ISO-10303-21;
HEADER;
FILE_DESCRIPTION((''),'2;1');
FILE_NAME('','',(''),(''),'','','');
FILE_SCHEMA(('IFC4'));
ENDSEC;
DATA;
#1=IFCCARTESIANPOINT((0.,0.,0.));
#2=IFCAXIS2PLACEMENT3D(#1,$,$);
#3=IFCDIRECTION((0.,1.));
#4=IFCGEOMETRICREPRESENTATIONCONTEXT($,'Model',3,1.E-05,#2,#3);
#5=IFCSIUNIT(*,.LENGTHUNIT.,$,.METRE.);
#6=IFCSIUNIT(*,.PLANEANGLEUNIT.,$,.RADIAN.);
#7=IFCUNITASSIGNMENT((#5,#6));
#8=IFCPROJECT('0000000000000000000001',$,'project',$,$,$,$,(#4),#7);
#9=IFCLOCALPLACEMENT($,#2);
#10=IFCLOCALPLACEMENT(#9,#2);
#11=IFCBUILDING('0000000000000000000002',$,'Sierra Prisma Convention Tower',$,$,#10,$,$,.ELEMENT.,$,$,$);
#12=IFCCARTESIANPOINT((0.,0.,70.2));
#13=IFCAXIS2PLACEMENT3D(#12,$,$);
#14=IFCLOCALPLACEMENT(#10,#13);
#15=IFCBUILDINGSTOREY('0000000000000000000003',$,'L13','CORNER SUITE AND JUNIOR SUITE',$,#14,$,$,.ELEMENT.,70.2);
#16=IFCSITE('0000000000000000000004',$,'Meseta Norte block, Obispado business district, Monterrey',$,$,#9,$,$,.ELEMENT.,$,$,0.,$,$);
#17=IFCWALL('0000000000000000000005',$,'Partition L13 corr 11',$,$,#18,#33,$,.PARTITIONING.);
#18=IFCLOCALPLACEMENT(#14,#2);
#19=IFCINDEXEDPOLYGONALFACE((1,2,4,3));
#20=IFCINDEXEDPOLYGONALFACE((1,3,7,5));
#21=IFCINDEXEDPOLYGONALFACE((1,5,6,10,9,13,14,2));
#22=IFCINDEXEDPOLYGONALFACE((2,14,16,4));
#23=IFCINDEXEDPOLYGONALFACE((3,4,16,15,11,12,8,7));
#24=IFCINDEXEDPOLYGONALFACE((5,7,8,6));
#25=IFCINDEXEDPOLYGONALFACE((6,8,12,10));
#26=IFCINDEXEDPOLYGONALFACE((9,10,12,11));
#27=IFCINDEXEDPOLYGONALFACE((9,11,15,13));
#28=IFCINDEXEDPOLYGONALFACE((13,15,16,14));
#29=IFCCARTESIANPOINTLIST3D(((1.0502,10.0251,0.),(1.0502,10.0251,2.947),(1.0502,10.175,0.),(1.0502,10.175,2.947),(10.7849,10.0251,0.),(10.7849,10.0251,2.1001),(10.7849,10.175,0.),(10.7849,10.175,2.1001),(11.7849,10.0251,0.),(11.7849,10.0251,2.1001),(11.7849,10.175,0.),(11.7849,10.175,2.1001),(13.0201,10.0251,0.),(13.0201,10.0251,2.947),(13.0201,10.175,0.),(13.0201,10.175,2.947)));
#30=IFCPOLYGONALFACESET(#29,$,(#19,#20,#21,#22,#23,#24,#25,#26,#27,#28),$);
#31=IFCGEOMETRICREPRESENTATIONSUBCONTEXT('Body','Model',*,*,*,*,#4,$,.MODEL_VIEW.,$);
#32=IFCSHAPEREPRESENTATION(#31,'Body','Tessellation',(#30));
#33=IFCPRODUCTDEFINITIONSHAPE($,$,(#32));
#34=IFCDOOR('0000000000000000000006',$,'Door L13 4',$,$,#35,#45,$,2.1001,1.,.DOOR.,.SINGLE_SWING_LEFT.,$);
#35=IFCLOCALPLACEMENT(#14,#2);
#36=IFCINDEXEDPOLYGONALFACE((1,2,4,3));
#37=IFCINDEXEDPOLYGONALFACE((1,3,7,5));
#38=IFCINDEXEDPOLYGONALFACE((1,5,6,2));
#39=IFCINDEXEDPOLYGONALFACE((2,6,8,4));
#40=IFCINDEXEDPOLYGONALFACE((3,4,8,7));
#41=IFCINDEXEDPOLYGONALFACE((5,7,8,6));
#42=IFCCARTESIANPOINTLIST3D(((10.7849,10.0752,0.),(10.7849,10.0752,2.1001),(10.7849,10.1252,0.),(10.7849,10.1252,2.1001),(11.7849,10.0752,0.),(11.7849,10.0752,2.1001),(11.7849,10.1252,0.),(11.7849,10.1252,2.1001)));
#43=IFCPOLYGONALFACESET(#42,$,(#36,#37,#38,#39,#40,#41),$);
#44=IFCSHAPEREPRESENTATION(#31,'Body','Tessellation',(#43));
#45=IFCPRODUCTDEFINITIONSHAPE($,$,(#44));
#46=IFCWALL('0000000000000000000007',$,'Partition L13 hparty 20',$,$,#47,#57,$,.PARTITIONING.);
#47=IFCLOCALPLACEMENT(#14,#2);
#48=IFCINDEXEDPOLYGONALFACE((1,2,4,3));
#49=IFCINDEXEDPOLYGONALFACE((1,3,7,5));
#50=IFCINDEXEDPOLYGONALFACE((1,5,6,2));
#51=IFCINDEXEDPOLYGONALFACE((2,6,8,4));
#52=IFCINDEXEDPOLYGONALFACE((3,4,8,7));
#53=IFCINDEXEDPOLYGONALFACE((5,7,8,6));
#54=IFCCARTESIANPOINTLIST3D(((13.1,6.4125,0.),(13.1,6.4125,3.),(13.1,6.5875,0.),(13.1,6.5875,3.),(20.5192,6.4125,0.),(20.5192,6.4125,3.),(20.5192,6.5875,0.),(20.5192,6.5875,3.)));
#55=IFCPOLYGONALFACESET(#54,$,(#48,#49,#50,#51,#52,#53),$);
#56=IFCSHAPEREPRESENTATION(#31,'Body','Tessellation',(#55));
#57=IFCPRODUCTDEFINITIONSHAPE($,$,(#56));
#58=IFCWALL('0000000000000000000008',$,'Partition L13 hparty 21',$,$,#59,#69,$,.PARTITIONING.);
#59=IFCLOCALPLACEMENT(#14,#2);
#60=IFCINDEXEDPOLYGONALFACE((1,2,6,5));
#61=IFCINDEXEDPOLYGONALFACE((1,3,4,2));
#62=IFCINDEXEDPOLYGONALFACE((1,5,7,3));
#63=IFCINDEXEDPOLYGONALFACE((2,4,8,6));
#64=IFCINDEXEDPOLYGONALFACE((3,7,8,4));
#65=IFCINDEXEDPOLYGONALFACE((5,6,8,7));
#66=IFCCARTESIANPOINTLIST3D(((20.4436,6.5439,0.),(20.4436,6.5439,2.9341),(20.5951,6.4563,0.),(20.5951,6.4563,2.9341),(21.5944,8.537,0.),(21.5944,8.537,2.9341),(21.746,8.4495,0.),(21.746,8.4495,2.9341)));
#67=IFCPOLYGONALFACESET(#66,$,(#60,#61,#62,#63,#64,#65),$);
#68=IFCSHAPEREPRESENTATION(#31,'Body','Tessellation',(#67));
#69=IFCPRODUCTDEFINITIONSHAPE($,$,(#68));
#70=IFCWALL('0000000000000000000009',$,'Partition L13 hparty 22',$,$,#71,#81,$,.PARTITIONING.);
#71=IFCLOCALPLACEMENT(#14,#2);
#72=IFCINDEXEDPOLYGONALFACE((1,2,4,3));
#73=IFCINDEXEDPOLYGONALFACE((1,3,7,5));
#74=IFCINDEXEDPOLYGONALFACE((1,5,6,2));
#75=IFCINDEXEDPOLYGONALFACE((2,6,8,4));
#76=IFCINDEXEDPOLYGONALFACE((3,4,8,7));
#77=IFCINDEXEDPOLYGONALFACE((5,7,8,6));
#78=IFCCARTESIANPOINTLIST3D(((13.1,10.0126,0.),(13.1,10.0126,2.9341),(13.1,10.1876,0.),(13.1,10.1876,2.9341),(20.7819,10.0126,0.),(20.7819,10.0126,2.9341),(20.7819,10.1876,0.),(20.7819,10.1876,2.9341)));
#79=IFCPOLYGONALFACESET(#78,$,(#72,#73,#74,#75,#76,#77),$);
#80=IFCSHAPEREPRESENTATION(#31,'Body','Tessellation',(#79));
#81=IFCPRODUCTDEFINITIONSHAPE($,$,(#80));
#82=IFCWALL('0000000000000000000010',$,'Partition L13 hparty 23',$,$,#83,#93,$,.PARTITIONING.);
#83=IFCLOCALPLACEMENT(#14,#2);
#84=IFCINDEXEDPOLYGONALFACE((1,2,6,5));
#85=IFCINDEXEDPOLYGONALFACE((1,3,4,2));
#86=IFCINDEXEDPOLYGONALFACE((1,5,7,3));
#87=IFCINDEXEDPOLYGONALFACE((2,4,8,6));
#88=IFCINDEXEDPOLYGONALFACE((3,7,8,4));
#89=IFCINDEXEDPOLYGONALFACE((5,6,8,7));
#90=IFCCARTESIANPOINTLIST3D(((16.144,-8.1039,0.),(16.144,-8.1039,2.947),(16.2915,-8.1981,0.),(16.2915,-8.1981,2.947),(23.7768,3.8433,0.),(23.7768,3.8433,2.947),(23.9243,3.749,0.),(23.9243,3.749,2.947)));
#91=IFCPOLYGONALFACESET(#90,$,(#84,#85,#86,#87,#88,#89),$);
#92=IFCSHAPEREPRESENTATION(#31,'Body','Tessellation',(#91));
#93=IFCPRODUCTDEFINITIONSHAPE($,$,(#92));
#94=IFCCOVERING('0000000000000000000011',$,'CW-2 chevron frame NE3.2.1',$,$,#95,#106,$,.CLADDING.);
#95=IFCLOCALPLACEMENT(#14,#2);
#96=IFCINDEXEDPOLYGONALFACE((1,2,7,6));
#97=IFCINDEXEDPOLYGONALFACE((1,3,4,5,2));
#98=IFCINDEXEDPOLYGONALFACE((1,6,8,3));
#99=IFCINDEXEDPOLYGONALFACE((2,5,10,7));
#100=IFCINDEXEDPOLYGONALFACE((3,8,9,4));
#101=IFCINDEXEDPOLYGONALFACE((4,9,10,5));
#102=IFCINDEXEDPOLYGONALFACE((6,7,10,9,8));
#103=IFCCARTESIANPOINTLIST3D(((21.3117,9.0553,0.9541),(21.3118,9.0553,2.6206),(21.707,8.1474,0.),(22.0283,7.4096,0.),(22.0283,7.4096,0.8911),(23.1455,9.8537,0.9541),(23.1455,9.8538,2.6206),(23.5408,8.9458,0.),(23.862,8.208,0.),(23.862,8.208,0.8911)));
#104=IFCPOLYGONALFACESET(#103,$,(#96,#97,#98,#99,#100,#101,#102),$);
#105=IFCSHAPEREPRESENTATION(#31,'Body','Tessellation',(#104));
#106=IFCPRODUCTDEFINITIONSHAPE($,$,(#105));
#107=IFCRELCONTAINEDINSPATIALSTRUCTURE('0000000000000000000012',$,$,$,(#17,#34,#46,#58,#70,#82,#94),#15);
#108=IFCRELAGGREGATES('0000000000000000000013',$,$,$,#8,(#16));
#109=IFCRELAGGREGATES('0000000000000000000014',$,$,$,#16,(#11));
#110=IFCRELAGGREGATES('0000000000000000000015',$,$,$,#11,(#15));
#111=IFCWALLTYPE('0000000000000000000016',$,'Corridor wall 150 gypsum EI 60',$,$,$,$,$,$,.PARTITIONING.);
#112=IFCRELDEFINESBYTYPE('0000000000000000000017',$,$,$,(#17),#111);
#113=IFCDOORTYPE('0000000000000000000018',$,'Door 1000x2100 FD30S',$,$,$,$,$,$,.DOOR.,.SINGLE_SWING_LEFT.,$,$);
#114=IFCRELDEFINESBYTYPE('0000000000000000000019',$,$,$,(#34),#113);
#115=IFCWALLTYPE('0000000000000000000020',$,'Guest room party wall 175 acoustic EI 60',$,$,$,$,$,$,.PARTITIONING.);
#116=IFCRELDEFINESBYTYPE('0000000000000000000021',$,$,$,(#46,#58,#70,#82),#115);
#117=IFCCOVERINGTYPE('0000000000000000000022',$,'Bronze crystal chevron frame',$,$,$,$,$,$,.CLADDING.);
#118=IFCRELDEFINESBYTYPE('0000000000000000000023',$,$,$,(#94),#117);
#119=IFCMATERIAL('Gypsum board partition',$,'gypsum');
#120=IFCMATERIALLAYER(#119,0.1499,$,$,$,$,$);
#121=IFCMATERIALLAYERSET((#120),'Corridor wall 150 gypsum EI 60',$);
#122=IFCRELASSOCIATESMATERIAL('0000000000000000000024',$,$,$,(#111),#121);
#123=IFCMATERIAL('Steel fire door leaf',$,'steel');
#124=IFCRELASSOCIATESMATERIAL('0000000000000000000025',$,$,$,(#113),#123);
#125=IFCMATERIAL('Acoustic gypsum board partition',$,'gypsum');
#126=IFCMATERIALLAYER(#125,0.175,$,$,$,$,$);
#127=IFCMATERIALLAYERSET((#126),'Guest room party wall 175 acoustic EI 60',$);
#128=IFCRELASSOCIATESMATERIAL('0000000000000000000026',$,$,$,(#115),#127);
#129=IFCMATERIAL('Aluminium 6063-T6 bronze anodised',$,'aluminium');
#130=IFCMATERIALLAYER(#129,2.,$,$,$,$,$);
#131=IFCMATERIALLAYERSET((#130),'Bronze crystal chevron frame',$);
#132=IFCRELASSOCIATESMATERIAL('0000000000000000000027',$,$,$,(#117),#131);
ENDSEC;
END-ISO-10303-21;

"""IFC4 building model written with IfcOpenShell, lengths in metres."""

from ifc_helpers import new_model, si_unit, direction, frame, frame_2d, origin, place, context, subcontext, project, spatial, polyline, rectangle, outline, extrude, material, layer, layer_set, type_object, element, fill, save


model = new_model("IFC4")

# Units and contexts
model_context = context("Model", 3, precision=1e-05, world=origin(), true_north=direction((0.0, 1.0)))
body_context = subcontext(model_context, "Body", "Model", "MODEL_VIEW")
ifc_project = project(units=[si_unit("LENGTHUNIT", "METRE"), si_unit("PLANEANGLEUNIT", "RADIAN")], contexts=[model_context])

# Site, building, storey
site_placement = place(None, origin())
site = spatial("IfcSite", under=ifc_project, at=site_placement, Name="Meseta Norte block, Obispado business district, Monterrey", CompositionType="ELEMENT", RefElevation=0.0)
building_placement = place(site_placement, origin())
building = spatial("IfcBuilding", under=site, at=building_placement, Name="Sierra Prisma Convention Tower", CompositionType="ELEMENT")
storey_placement = place(building_placement, frame((0.0, 0.0, 70.2)))
storey = spatial("IfcBuildingStorey", under=building, at=storey_placement, Name="L13", Description="CORNER SUITE AND JUNIOR SUITE", CompositionType="ELEMENT", Elevation=70.2)

# Wall, opening, door
ifc_material_1 = material(Name="Gypsum board partition", Category="gypsum")
ifc_layer_1 = layer(ifc_material_1, 0.1499)
ifc_layer_set_1 = layer_set([ifc_layer_1], Name="Corridor wall 150 gypsum EI 60")
wall_type_1 = type_object("IfcWallType", Name="Corridor wall 150 gypsum EI 60", PredefinedType="PARTITIONING", material=ifc_layer_set_1)
wall_1_placement = place(storey_placement, frame((13.02, 10.1001, 0.0), z_axis=(0.0, 0.0, 1.0), x_axis=(-1.0, 0.0, 0.0)))
wall_1 = element("IfcWall", 1, at=wall_1_placement, inside=storey, type_object=wall_type_1, Name="Partition L13 corr 11", PredefinedType="PARTITIONING", context=body_context, shape_type="SweptSolid", body=[
    extrude(rectangle(XDim=11.97, YDim=0.1499, at=frame_2d((5.9849, 0.0))), origin(), (0.0, 0.0, 1.0), 2.947),
])
opening_1_placement = place(wall_1_placement, frame((1.2351, 0.0, 0.0)))
opening_1 = element("IfcOpeningElement", 2, at=opening_1_placement, cuts=wall_1, PredefinedType="OPENING", context=body_context, shape_type="SweptSolid", body=[
    extrude(rectangle(XDim=1.0, YDim=2.1001, at=frame_2d((0.5, 1.05))), frame((0.0, 0.075, 0.0), z_axis=(0.0, -1.0, 0.0), x_axis=(1.0, 0.0, 0.0)), (0.0, 0.0, 1.0), 0.1499),
])
ifc_material_2 = material(Name="Steel fire door leaf", Category="steel")
door_type_1 = type_object("IfcDoorType", Name="Door 1000x2100 FD30S", OperationType="SINGLE_SWING_LEFT", PredefinedType="DOOR", material=ifc_material_2)
door_1_placement = place(opening_1_placement, origin())
door_1 = element("IfcDoor", 3, at=door_1_placement, inside=storey, type_object=door_type_1, Name="Door L13 4", OperationType="SINGLE_SWING_LEFT", OverallHeight=2.1001, OverallWidth=1.0, PredefinedType="DOOR", context=body_context, shape_type="SweptSolid", body=[
    extrude(rectangle(XDim=1.0, YDim=2.1001, at=frame_2d((0.5, 1.05))), frame((0.0, 0.0249, 0.0), z_axis=(0.0, -1.0, 0.0), x_axis=(1.0, 0.0, 0.0)), (0.0, 0.0, 1.0), 0.05),
])
fill(opening_1, door_1)

# Walls
ifc_material_3 = material(Name="Acoustic gypsum board partition", Category="gypsum")
ifc_layer_2 = layer(ifc_material_3, 0.175)
ifc_layer_set_2 = layer_set([ifc_layer_2], Name="Guest room party wall 175 acoustic EI 60")
wall_type_2 = type_object("IfcWallType", Name="Guest room party wall 175 acoustic EI 60", PredefinedType="PARTITIONING", material=ifc_layer_set_2)
wall_2_placement = place(storey_placement, frame((13.1001, 6.5, 0.0), z_axis=(0.0, 0.0, 1.0), x_axis=(1.0, 0.0, 0.0)))
element("IfcWall", 4, at=wall_2_placement, inside=storey, type_object=wall_type_2, Name="Partition L13 hparty 20", PredefinedType="PARTITIONING", context=body_context, shape_type="SweptSolid", body=[
    extrude(rectangle(XDim=7.4192, YDim=0.175, at=frame_2d((3.7095, 0.0))), origin(), (0.0, 0.0, 1.0), 3.0),
])
wall_3_placement = place(storey_placement, frame((20.5193, 6.5, 0.0), z_axis=(0.0, 0.0, 1.0), x_axis=(0.500041, 0.866002, 0.0)))
element("IfcWall", 5, at=wall_3_placement, inside=storey, type_object=wall_type_2, Name="Partition L13 hparty 21", PredefinedType="PARTITIONING", context=body_context, shape_type="SweptSolid", body=[
    extrude(rectangle(XDim=2.3015, YDim=0.175, at=frame_2d((1.1509, 0.0))), origin(), (0.0, 0.0, 1.0), 2.9341),
])
wall_4_placement = place(storey_placement, frame((13.1001, 10.1001, 0.0), z_axis=(0.0, 0.0, 1.0), x_axis=(1.0, 0.0, 0.0)))
element("IfcWall", 6, at=wall_4_placement, inside=storey, type_object=wall_type_2, Name="Partition L13 hparty 22", PredefinedType="PARTITIONING", context=body_context, shape_type="SweptSolid", body=[
    extrude(rectangle(XDim=7.6819, YDim=0.175, at=frame_2d((3.8408, 0.0))), origin(), (0.0, 0.0, 1.0), 2.9341),
])
wall_5_placement = place(storey_placement, frame((23.8506, 3.7961, 0.0), z_axis=(0.0, 0.0, 1.0), x_axis=(-0.538389, -0.842696, 0.0)))
element("IfcWall", 7, at=wall_5_placement, inside=storey, type_object=wall_type_2, Name="Partition L13 hparty 23", PredefinedType="PARTITIONING", context=body_context, shape_type="SweptSolid", body=[
    extrude(rectangle(XDim=14.1772, YDim=0.175, at=frame_2d((7.0886, 0.0))), origin(), (0.0, 0.0, 1.0), 2.947),
])

# Covering
ifc_material_4 = material(Name="Aluminium 6063-T6 bronze anodised", Category="aluminium")
ifc_layer_3 = layer(ifc_material_4, 2.0)
ifc_layer_set_3 = layer_set([ifc_layer_3], Name="Bronze crystal chevron frame")
covering_type = type_object("IfcCoveringType", Name="Bronze crystal chevron frame", PredefinedType="CLADDING", material=ifc_layer_set_3)
covering_placement = place(storey_placement, frame((23.5408, 8.9458, 0.0), z_axis=(0.916861, 0.399207, -0.000018), x_axis=(-0.287471, 0.660267, 0.693836)))
element("IfcCovering", 8, at=covering_placement, inside=storey, type_object=covering_type, Name="CW-2 chevron frame NE3.2.1", PredefinedType="CLADDING", context=body_context, shape_type="SweptSolid", body=[
    extrude(outline(polyline([(0.0, 0.0), (1.3751, 0.0), (2.5314, 1.2001), (0.0388, 1.2001), (-0.5795, 0.5583), (0.0, 0.0)])), origin(), (0.0, 0.0, -1.0), 2.0),
])

save(model, "model.ifc")
